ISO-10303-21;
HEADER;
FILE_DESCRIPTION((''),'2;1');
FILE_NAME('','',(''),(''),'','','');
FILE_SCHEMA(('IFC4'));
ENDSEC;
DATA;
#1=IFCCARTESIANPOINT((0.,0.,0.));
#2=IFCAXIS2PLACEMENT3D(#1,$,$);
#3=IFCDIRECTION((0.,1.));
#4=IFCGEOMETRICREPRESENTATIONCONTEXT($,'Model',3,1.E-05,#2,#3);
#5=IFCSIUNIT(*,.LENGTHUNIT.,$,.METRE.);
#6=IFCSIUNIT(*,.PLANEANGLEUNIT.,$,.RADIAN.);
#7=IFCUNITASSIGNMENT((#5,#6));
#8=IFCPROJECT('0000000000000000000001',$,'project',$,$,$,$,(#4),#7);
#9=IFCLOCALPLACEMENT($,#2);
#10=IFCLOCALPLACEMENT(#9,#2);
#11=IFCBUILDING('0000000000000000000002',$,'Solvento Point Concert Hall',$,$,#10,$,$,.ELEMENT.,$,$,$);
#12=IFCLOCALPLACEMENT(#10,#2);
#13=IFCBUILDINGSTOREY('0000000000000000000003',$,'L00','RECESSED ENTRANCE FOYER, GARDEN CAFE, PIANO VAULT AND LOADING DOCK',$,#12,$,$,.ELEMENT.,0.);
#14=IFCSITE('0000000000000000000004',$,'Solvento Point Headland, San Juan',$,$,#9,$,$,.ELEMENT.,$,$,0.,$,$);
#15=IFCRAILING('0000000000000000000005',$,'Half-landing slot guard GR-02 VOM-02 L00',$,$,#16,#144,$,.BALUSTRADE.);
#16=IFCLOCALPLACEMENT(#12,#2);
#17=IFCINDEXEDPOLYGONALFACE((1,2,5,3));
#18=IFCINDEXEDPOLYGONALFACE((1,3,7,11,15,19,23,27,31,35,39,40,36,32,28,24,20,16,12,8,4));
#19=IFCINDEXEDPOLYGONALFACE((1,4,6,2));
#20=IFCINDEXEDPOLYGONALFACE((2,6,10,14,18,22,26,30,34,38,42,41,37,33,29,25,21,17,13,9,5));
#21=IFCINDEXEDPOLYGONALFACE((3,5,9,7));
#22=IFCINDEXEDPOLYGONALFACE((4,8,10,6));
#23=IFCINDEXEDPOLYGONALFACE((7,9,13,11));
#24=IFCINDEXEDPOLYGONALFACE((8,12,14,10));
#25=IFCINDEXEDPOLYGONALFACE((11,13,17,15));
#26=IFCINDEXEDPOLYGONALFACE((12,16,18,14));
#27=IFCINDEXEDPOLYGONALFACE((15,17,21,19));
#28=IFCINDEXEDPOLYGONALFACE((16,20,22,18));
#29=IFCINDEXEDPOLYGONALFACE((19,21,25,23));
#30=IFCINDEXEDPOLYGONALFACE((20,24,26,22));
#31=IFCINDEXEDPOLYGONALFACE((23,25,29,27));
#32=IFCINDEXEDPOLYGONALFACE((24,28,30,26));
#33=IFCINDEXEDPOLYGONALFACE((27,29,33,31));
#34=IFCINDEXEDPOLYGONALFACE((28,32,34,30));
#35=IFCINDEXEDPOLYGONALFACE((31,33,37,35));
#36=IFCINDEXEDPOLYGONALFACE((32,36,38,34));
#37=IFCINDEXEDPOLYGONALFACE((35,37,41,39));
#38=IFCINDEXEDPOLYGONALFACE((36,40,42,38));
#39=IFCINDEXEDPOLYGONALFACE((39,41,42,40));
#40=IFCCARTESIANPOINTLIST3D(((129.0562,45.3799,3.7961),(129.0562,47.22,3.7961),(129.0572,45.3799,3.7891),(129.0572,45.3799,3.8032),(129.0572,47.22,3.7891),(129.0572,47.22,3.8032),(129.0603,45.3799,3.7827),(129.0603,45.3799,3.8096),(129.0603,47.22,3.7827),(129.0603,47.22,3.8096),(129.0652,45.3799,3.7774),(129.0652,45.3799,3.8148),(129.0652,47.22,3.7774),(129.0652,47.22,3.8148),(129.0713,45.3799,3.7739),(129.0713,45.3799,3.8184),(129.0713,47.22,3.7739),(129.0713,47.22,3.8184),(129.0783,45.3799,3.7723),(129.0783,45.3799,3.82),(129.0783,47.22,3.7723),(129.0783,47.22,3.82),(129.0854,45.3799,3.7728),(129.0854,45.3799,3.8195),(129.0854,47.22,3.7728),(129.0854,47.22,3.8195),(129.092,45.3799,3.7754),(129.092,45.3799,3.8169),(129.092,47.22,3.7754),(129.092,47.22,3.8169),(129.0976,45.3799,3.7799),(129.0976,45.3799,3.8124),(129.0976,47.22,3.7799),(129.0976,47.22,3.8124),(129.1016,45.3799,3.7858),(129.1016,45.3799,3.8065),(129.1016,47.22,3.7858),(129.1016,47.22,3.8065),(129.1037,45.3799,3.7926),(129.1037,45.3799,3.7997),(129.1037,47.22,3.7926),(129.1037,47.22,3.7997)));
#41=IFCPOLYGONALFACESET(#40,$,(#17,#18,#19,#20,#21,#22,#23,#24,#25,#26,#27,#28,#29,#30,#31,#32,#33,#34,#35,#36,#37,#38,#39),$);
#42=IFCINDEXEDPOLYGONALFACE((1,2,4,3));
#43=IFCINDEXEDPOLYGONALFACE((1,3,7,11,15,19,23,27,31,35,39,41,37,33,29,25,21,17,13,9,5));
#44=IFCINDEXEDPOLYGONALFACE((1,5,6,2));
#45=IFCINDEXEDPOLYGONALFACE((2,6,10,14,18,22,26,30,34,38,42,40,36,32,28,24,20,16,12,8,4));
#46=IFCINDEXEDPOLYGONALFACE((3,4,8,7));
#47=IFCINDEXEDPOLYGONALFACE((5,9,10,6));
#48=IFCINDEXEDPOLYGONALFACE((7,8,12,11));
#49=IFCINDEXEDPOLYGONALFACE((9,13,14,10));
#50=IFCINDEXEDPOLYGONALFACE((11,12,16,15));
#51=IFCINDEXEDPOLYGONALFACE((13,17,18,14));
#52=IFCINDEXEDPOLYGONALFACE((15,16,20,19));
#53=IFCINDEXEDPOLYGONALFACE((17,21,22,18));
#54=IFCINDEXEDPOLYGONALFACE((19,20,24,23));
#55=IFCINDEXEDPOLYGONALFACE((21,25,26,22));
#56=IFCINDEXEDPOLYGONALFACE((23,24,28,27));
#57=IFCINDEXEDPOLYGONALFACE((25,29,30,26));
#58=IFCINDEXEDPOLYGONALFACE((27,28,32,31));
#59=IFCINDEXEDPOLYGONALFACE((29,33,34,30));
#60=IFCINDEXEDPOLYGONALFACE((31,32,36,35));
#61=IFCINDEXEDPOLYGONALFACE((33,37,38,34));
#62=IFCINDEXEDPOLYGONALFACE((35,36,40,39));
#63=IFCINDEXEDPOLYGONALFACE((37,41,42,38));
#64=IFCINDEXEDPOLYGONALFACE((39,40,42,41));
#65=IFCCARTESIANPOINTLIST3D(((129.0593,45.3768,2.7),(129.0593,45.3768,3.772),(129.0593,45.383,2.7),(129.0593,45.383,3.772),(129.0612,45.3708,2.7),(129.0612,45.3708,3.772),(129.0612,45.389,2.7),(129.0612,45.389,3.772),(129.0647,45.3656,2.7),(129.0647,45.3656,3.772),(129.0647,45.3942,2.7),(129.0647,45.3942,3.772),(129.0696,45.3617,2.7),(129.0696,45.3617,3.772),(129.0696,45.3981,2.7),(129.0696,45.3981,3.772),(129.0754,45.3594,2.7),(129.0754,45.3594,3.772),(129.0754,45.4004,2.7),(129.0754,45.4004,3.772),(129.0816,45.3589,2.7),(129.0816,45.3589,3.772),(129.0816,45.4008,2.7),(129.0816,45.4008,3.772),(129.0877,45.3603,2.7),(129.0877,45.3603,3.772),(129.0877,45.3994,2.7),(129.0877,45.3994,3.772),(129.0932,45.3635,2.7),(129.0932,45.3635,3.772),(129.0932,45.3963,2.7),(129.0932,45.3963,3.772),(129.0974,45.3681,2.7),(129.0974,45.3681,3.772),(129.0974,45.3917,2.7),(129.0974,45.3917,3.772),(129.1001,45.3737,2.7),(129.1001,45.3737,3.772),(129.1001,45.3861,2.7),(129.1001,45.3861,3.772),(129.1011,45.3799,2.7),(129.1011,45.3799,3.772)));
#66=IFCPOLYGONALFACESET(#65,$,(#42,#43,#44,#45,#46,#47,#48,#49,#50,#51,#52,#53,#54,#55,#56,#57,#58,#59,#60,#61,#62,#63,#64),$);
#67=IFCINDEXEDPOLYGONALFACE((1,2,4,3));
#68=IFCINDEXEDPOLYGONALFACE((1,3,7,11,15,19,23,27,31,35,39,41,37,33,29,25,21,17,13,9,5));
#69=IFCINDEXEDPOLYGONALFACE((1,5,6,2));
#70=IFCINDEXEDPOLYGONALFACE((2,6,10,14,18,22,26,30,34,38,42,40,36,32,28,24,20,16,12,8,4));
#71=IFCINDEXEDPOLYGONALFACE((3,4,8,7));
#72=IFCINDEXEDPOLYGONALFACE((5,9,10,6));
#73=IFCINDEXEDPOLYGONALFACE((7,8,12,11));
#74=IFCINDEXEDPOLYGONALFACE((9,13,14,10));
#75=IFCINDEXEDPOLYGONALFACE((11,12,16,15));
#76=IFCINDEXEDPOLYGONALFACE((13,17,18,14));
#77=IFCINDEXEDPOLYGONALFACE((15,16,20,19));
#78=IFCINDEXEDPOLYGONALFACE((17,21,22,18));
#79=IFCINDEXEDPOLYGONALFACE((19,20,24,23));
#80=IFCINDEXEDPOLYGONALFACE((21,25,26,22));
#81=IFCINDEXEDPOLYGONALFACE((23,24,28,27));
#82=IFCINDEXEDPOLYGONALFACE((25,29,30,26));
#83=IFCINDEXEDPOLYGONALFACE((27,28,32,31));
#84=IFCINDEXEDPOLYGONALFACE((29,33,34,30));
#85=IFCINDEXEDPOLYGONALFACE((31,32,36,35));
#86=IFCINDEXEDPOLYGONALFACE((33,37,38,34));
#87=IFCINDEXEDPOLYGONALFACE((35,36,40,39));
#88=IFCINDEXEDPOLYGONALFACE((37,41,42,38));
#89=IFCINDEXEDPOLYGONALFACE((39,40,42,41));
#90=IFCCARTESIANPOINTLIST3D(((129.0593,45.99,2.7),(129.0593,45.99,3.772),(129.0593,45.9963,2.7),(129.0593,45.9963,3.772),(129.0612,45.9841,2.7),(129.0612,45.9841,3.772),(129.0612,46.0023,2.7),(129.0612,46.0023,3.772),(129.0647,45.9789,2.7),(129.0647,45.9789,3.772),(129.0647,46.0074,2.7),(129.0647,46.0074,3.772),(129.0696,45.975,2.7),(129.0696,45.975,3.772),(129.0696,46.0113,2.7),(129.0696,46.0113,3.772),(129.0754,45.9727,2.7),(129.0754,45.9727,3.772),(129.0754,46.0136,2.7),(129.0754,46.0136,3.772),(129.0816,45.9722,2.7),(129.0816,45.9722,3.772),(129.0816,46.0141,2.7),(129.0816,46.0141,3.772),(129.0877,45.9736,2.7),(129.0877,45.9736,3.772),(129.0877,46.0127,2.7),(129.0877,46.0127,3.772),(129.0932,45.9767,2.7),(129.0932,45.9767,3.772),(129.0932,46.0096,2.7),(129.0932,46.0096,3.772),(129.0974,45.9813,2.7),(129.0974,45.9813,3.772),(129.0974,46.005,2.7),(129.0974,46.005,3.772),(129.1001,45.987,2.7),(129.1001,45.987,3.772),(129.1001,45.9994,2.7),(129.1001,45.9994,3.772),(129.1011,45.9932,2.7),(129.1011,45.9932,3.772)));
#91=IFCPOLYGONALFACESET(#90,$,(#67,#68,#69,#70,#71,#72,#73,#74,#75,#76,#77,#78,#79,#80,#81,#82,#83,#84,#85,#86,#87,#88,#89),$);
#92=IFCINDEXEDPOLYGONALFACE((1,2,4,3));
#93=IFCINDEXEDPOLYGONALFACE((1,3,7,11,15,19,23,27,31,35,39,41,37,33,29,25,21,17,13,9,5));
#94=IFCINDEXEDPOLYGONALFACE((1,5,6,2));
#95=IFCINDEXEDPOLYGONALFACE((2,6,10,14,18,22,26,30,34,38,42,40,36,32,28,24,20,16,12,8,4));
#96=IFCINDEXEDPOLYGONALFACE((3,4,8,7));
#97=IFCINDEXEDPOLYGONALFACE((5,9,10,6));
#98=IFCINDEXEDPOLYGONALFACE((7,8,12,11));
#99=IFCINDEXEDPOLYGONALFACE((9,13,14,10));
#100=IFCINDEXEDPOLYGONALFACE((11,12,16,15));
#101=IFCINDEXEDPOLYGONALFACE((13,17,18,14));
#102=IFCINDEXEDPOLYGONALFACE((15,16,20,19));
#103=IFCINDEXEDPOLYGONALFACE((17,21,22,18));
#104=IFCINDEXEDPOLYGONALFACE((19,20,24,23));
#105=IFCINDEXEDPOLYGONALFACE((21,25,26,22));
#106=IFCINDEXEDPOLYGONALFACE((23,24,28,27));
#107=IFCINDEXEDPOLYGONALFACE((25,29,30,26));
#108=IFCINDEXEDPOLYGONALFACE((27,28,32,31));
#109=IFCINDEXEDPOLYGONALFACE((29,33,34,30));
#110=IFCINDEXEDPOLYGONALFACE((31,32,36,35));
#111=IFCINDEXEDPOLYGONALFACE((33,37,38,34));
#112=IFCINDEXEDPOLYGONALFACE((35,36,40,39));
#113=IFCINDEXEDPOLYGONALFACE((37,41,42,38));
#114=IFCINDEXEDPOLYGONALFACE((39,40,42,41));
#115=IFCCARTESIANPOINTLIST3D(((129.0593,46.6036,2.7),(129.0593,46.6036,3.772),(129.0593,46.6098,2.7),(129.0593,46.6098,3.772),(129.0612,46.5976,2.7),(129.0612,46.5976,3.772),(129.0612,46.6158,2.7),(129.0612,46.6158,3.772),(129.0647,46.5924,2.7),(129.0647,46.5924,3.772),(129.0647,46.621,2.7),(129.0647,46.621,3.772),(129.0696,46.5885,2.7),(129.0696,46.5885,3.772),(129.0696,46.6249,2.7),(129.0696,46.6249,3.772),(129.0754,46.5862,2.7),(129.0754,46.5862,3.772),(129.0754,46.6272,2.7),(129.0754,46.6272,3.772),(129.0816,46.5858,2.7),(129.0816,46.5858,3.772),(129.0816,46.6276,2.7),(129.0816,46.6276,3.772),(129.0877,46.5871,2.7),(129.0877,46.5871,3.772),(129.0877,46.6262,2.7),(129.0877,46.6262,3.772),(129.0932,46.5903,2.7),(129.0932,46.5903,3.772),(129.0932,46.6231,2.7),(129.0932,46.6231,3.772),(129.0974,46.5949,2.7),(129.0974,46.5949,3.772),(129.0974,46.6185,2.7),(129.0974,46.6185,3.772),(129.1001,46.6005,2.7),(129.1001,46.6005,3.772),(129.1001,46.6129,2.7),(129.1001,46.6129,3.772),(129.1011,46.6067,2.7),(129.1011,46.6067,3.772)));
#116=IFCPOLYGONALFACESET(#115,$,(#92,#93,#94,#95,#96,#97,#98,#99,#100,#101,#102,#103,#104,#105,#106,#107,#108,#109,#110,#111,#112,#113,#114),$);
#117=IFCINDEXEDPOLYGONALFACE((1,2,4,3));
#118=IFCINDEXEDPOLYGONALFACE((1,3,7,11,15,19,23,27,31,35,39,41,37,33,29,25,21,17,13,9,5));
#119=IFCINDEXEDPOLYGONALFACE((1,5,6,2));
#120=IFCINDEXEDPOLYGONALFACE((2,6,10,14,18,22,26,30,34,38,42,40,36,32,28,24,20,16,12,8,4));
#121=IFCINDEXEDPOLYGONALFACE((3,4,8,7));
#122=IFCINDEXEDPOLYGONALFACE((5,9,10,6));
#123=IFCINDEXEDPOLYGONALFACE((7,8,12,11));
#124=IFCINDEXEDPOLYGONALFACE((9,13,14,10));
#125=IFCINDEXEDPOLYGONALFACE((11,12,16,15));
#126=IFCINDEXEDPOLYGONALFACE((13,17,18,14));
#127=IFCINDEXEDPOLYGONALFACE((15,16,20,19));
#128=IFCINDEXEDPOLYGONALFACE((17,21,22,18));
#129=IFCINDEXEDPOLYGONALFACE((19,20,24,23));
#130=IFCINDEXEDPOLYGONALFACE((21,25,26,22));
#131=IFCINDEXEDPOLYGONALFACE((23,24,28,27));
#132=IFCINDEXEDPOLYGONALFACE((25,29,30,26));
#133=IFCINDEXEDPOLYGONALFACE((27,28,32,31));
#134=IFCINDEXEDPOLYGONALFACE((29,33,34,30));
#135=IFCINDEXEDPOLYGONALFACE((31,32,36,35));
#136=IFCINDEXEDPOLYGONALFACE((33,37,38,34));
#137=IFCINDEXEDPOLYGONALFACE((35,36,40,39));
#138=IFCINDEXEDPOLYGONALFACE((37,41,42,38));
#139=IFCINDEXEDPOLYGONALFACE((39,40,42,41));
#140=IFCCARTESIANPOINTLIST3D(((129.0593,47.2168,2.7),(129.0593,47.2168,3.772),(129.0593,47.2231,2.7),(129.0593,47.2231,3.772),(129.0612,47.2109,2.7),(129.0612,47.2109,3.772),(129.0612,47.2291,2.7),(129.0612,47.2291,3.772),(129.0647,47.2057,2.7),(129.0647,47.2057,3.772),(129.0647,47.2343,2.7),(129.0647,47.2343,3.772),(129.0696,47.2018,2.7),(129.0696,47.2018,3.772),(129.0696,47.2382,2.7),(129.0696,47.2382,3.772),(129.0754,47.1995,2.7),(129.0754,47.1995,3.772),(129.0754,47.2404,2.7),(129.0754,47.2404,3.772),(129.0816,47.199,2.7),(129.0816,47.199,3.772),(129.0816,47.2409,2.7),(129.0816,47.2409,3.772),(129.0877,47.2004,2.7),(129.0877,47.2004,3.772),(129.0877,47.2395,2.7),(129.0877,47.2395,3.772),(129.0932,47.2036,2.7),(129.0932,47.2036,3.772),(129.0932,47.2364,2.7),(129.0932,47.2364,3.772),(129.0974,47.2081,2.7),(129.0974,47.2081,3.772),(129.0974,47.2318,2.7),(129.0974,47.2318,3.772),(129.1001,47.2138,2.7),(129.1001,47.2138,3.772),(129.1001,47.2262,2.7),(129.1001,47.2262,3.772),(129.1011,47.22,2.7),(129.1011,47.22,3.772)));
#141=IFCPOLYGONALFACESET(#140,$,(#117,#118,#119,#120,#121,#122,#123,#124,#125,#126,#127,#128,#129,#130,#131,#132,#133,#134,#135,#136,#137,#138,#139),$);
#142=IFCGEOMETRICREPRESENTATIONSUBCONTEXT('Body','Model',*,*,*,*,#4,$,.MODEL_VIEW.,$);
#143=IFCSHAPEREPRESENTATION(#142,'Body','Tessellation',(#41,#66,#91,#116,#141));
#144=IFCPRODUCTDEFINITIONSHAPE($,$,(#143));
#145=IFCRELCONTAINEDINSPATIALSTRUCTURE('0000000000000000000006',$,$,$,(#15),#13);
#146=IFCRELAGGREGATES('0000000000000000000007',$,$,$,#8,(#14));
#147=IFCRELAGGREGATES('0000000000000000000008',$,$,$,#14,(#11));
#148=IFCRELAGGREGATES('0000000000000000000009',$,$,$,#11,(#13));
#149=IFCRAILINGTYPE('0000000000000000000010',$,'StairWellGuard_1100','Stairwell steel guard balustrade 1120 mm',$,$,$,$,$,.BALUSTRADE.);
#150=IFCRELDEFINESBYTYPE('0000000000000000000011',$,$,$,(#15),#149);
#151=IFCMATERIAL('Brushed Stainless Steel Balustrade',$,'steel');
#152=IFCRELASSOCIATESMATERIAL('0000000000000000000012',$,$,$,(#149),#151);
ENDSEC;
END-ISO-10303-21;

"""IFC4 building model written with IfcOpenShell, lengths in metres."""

from ifc_helpers import new_model, si_unit, direction, frame, origin, origin_2d, place, context, subcontext, project, spatial, circle, extrude, material, type_object, element, save


model = new_model("IFC4")

# Units and contexts
model_context = context("Model", 3, precision=1e-05, world=origin(), true_north=direction((0.0, 1.0)))
body_context = subcontext(model_context, "Body", "Model", "MODEL_VIEW")
ifc_project = project(units=[si_unit("LENGTHUNIT", "METRE"), si_unit("PLANEANGLEUNIT", "RADIAN")], contexts=[model_context])

# Site, building, storey
site_placement = place(None, origin())
site = spatial("IfcSite", under=ifc_project, at=site_placement, Name="Solvento Point Headland, San Juan", CompositionType="ELEMENT", RefElevation=0.0)
building_placement = place(site_placement, origin())
building = spatial("IfcBuilding", under=site, at=building_placement, Name="Solvento Point Concert Hall", CompositionType="ELEMENT")
storey_placement = place(building_placement, origin())
storey = spatial("IfcBuildingStorey", under=building, at=storey_placement, Name="L00", Description="RECESSED ENTRANCE FOYER, GARDEN CAFE, PIANO VAULT AND LOADING DOCK", CompositionType="ELEMENT", Elevation=0.0)

# Railing
ifc_material_1 = material(Name="Brushed Stainless Steel Balustrade", Category="steel")
railing_type_1 = type_object("IfcRailingType", Name="StairWellGuard_1100", Description="Stairwell steel guard balustrade 1120 mm", PredefinedType="BALUSTRADE", material=ifc_material_1)
railing_1_placement = place(storey_placement, frame((129.0801, 45.3799, 2.7)))
element("IfcRailing", 1, at=railing_1_placement, inside=storey, type_object=railing_type_1, Name="Half-landing slot guard GR-02 VOM-02 L00", PredefinedType="BALUSTRADE", context=body_context, shape_type="SweptSolid", body=[
    extrude(circle(Radius=0.0239, at=origin_2d()), frame((0.0, 0.0, 1.0962), z_axis=(0.0, 1.0, 0.0), x_axis=(-1.0, 0.0, 0.0)), (0.0, 0.0, 1.0), 1.8401),
    extrude(circle(Radius=0.021, at=origin_2d()), origin(), (0.0, 0.0, 1.0), 1.072),
    extrude(circle(Radius=0.021, at=origin_2d()), frame((0.0, 0.6133, 0.0)), (0.0, 0.0, 1.0), 1.072),
    extrude(circle(Radius=0.021, at=origin_2d()), frame((0.0, 1.2268, 0.0)), (0.0, 0.0, 1.0), 1.072),
    extrude(circle(Radius=0.021, at=origin_2d()), frame((0.0, 1.8401, 0.0)), (0.0, 0.0, 1.0), 1.072),
])

save(model, "model.ifc")
